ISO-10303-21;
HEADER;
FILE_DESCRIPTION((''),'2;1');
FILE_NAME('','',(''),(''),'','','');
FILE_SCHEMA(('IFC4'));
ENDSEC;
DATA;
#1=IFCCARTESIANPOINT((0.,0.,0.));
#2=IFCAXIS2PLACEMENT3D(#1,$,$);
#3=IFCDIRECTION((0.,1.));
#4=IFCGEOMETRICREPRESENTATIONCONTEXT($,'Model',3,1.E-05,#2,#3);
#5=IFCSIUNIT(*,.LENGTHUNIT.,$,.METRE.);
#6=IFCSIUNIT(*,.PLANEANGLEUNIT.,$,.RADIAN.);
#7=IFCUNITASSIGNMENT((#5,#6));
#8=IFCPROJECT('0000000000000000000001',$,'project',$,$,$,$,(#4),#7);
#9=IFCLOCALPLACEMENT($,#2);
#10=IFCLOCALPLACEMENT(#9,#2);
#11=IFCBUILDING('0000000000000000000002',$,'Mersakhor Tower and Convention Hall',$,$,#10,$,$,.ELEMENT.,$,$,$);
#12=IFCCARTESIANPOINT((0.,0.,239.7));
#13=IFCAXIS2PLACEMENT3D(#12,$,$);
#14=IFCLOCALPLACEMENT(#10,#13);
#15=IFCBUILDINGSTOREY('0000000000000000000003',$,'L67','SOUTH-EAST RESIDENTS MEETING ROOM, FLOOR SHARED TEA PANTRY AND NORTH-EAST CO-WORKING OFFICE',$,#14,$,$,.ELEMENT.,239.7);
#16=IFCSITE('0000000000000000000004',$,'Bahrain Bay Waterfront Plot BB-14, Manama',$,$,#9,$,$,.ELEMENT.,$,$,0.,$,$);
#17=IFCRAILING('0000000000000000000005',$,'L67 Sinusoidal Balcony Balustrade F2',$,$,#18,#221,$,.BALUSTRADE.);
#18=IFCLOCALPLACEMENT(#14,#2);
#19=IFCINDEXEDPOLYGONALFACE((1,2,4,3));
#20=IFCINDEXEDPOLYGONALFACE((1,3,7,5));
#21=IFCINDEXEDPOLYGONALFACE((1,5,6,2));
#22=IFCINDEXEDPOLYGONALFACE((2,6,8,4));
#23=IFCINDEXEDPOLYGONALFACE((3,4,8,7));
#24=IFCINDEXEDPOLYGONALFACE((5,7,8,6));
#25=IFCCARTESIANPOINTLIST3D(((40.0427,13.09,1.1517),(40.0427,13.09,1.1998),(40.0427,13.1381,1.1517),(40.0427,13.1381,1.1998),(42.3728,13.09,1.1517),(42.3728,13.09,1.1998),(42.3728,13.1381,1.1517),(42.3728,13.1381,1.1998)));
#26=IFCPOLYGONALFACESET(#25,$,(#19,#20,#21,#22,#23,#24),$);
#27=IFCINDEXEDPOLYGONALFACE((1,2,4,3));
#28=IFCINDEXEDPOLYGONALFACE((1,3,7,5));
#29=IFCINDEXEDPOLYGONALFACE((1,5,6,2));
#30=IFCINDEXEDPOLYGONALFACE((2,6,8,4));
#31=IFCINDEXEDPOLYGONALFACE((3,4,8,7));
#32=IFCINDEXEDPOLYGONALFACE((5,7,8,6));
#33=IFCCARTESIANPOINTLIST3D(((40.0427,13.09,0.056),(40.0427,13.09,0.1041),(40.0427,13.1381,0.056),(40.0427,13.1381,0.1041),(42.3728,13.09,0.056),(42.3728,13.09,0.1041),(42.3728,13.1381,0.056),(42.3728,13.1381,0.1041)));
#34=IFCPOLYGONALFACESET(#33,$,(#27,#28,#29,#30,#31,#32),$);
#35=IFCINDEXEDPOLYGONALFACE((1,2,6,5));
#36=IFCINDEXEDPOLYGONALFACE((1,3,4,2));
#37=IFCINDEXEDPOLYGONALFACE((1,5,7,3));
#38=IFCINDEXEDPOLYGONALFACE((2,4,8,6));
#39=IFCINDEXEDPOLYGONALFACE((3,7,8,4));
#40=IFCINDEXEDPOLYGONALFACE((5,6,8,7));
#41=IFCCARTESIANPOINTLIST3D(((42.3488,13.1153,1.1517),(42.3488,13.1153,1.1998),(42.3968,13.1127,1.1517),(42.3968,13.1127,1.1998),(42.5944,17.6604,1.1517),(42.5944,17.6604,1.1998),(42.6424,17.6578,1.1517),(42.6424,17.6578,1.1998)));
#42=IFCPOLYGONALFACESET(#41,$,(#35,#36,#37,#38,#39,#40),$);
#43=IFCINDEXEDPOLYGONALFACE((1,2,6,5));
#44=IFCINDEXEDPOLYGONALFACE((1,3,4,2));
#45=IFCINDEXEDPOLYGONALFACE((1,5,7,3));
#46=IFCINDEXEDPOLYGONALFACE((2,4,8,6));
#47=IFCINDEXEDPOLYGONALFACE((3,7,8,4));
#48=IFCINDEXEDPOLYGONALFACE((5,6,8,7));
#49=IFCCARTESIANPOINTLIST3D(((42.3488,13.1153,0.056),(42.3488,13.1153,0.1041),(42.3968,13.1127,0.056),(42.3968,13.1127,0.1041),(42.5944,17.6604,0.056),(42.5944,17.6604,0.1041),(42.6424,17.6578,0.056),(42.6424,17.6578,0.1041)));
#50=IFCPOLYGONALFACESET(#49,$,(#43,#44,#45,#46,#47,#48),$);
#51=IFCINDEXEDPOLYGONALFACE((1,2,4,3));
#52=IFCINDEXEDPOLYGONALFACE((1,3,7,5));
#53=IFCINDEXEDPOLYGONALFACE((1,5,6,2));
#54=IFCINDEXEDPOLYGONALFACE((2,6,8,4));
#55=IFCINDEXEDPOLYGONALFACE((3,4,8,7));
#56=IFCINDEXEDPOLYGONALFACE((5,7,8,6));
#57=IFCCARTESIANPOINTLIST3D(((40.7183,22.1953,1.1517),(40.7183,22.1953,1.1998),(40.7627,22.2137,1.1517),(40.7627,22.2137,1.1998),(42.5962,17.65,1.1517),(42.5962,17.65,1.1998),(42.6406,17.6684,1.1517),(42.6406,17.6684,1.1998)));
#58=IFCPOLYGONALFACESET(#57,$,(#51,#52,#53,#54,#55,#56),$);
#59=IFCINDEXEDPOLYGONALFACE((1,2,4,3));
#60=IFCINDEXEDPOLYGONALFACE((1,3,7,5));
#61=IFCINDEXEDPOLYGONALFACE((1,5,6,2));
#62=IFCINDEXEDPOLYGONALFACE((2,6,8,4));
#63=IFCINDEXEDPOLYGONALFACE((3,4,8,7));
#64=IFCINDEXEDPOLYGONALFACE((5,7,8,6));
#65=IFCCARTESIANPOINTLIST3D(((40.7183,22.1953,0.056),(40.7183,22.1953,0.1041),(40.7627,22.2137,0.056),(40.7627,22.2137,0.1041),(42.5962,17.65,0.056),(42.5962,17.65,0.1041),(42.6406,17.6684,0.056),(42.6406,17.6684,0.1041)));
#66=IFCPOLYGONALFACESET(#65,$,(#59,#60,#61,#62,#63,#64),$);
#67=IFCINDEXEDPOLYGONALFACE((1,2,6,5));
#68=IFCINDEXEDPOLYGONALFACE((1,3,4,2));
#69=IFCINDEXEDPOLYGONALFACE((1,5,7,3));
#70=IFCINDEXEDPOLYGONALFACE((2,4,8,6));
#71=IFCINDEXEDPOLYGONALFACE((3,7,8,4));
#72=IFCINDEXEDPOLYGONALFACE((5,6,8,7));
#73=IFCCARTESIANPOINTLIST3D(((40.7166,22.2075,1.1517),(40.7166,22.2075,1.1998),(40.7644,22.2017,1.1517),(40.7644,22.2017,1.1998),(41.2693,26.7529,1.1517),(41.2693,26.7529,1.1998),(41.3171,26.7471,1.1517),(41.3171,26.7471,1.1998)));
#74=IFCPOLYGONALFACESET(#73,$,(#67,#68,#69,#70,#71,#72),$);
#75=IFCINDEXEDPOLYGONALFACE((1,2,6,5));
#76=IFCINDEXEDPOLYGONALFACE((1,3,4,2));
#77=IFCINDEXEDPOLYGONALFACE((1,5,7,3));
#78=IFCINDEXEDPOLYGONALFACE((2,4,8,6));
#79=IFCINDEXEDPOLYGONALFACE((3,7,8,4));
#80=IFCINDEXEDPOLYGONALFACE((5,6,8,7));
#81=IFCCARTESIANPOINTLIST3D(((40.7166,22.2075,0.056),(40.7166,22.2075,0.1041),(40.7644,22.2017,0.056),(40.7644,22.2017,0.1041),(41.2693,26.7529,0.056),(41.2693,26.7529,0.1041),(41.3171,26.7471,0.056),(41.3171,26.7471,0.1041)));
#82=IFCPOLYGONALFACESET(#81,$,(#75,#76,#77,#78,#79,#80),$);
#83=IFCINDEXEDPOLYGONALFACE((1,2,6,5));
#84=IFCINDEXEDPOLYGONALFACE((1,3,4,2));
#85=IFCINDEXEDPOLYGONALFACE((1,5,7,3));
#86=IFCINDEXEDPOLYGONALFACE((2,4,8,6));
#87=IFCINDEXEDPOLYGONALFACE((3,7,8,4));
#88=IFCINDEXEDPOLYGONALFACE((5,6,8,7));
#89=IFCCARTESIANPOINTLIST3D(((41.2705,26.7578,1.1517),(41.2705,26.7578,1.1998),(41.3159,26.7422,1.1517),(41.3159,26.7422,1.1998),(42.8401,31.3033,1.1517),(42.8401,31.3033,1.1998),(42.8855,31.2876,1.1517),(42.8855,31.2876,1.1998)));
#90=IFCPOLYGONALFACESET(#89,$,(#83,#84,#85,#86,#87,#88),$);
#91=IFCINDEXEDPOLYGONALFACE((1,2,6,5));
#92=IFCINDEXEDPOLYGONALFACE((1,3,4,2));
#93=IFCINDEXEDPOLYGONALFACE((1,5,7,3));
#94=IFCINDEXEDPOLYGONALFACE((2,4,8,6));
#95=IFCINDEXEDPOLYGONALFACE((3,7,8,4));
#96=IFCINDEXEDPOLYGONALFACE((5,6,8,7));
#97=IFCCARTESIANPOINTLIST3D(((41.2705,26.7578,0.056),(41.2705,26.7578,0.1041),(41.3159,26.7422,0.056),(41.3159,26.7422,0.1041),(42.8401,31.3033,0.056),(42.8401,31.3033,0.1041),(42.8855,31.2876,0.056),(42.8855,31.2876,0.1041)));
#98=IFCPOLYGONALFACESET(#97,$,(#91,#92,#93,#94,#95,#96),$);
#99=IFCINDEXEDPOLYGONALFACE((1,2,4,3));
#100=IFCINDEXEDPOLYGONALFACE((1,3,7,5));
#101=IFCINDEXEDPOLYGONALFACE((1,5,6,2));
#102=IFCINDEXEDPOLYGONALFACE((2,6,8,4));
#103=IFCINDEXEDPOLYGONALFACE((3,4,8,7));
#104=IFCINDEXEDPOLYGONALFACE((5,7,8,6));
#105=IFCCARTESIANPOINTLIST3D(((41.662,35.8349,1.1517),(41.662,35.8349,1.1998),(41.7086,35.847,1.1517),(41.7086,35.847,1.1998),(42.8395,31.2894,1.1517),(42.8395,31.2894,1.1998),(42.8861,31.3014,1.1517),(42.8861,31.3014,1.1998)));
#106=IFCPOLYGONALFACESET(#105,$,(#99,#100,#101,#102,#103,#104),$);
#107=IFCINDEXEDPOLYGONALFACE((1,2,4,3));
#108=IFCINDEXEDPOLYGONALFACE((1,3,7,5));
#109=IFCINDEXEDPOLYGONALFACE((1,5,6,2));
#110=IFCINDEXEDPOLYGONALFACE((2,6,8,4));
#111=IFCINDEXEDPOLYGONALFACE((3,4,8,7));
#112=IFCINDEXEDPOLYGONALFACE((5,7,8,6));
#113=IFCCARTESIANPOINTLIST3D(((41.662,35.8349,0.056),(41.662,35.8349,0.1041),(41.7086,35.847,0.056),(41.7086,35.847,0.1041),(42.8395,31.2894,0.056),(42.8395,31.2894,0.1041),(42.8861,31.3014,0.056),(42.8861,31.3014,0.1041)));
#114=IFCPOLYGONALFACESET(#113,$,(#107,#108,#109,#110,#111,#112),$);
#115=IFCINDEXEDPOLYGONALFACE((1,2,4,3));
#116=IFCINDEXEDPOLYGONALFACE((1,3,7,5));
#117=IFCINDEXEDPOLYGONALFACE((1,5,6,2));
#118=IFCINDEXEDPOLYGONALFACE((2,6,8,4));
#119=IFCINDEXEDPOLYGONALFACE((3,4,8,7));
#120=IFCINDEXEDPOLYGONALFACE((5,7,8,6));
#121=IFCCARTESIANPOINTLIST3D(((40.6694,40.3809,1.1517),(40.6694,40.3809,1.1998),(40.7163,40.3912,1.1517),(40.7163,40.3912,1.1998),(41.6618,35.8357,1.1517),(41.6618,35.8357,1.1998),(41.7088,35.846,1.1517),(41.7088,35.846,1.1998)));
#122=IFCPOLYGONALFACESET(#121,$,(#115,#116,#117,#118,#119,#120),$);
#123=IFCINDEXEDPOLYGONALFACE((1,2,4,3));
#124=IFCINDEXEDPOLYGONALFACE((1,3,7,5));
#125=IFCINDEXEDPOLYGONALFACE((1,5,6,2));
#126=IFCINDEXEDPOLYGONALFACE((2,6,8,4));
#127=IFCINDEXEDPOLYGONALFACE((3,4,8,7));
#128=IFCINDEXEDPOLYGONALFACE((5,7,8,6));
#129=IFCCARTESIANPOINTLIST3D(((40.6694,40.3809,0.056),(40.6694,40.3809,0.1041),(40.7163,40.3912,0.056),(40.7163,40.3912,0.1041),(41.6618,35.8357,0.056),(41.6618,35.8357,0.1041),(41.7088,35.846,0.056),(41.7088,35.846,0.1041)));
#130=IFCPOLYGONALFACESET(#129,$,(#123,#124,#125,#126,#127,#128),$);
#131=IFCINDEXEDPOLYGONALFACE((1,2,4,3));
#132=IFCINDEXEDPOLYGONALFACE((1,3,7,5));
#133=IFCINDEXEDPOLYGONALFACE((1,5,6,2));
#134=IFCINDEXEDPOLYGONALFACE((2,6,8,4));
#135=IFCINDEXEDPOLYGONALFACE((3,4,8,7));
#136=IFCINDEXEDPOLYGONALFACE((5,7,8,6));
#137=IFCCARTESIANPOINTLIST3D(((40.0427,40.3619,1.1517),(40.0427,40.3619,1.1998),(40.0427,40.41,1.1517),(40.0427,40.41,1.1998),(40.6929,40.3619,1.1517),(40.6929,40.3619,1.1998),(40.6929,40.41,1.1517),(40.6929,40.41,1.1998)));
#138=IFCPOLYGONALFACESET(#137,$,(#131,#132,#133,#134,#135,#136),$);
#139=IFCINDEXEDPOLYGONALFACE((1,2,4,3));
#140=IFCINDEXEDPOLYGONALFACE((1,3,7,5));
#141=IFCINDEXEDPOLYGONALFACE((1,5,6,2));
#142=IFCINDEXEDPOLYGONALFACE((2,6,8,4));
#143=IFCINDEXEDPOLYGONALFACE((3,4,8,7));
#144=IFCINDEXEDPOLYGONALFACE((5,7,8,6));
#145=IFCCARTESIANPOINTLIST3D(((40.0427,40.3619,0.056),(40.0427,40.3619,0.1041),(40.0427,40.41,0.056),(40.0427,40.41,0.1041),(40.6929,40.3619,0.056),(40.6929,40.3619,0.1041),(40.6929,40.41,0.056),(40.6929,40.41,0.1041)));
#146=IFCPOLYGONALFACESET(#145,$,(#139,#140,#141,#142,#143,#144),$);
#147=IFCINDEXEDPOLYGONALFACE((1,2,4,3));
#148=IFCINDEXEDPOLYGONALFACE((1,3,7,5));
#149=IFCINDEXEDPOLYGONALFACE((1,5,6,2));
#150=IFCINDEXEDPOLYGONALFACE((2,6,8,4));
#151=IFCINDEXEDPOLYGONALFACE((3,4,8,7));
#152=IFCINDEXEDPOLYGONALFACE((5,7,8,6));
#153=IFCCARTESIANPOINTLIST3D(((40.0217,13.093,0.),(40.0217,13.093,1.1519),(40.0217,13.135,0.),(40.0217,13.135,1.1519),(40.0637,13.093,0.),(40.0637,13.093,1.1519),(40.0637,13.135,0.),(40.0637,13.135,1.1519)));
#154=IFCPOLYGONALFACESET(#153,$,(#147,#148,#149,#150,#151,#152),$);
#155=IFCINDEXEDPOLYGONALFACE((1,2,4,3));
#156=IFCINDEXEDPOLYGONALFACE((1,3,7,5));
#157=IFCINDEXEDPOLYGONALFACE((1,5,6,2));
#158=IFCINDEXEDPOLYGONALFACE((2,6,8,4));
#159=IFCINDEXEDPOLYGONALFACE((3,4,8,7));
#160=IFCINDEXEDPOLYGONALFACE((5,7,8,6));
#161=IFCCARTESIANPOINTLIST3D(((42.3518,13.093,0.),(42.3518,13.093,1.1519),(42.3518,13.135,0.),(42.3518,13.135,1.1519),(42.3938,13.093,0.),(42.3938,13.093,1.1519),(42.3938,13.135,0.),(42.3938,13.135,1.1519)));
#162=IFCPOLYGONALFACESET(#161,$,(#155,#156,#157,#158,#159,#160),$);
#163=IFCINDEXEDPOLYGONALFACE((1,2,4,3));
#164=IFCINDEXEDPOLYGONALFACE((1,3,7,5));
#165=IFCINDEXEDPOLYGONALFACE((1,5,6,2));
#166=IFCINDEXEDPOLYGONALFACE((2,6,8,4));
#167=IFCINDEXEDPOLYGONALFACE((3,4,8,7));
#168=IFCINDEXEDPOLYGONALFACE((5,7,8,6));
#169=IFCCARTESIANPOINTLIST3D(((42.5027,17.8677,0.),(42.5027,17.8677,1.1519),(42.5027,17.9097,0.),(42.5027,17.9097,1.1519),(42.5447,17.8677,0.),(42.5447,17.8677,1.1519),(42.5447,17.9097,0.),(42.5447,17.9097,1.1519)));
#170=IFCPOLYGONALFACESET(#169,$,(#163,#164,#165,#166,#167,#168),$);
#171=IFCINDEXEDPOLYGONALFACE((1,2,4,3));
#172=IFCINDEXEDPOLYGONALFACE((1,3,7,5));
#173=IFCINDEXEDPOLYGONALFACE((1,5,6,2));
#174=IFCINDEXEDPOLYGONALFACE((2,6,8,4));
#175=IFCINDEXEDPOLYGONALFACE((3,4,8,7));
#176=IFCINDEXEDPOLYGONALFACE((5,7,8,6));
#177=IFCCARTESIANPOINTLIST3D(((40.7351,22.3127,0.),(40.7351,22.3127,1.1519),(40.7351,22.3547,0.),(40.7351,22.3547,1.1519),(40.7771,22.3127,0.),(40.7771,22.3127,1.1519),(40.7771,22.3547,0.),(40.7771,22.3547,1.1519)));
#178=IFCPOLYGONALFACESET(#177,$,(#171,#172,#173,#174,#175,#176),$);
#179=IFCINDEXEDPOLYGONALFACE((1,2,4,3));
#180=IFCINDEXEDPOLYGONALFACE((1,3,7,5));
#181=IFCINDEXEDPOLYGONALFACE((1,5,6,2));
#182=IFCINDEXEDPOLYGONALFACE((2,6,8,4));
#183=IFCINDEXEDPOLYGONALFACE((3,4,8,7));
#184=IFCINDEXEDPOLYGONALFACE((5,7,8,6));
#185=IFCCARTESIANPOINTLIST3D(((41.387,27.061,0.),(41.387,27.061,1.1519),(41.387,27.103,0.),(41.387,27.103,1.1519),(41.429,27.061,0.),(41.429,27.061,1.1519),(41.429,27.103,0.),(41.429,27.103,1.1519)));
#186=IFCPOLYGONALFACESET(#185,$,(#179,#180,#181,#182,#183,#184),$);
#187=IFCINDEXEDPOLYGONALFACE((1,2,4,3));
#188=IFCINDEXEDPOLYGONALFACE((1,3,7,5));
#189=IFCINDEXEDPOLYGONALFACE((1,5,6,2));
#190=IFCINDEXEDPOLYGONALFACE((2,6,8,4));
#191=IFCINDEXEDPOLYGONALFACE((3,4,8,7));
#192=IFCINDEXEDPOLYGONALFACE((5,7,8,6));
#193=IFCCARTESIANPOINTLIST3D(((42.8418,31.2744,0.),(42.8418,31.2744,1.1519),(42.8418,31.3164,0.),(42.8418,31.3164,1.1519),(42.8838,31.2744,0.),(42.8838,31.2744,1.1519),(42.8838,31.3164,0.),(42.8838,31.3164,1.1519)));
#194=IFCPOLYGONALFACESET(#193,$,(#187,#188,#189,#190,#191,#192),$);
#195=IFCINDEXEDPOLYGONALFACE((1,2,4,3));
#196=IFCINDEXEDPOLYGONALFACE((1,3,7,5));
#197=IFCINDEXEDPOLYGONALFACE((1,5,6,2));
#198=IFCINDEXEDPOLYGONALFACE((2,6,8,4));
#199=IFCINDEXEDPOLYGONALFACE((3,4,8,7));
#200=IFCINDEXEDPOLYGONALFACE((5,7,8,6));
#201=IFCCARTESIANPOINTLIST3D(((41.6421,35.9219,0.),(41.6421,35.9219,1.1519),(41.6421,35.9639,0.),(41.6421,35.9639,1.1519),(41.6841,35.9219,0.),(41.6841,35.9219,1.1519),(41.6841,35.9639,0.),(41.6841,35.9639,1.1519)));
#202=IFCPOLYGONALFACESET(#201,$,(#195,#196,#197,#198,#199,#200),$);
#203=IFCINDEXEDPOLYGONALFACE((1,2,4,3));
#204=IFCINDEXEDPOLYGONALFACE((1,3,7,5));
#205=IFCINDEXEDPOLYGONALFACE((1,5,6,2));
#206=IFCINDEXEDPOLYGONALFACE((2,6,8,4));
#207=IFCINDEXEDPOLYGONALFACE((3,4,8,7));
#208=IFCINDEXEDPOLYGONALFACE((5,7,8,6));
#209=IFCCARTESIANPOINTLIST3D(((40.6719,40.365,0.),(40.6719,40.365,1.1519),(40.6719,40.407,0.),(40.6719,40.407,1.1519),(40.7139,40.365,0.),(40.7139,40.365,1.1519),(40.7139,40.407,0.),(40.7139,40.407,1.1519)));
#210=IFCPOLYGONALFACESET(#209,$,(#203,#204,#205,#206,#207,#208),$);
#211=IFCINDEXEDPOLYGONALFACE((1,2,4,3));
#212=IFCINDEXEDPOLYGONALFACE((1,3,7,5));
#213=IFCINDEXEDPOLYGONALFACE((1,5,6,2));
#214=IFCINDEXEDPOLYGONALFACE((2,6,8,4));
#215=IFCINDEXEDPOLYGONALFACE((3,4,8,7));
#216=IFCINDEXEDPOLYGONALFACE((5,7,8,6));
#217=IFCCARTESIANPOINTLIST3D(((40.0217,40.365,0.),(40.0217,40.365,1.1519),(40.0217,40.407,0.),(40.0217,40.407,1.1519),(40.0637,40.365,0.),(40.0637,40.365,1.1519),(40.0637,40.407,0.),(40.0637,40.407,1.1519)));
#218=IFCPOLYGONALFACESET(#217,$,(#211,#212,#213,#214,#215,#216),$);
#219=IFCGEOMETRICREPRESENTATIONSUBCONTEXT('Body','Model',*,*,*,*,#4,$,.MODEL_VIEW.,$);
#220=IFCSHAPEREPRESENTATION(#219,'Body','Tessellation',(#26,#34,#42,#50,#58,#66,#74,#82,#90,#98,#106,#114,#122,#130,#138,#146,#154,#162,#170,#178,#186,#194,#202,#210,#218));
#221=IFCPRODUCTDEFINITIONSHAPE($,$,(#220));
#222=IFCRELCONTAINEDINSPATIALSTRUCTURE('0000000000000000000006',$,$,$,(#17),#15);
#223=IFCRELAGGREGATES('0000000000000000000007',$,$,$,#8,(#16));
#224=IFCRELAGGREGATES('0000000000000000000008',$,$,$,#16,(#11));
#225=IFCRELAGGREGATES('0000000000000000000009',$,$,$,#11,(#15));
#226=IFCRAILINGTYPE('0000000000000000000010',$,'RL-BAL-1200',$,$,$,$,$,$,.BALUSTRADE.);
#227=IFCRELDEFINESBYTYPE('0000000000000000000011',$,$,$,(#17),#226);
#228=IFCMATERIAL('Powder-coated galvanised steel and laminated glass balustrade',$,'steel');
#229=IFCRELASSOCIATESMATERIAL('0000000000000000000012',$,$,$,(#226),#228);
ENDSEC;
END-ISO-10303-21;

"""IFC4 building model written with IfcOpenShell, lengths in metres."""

from ifc_helpers import new_model, si_unit, direction, frame, origin, origin_2d, place, context, subcontext, project, spatial, rectangle, extrude, material, type_object, element, save


model = new_model("IFC4")

# Units and contexts
model_context = context("Model", 3, precision=1e-05, world=origin(), true_north=direction((0.0, 1.0)))
body_context = subcontext(model_context, "Body", "Model", "MODEL_VIEW")
ifc_project = project(units=[si_unit("LENGTHUNIT", "METRE"), si_unit("PLANEANGLEUNIT", "RADIAN")], contexts=[model_context])

# Site, building, storey
site_placement = place(None, origin())
site = spatial("IfcSite", under=ifc_project, at=site_placement, Name="Bahrain Bay Waterfront Plot BB-14, Manama", CompositionType="ELEMENT", RefElevation=0.0)
building_placement = place(site_placement, origin())
building = spatial("IfcBuilding", under=site, at=building_placement, Name="Mersakhor Tower and Convention Hall", CompositionType="ELEMENT")
storey_placement = place(building_placement, frame((0.0, 0.0, 239.7)))
storey = spatial("IfcBuildingStorey", under=building, at=storey_placement, Name="L67", Description="SOUTH-EAST RESIDENTS MEETING ROOM, FLOOR SHARED TEA PANTRY AND NORTH-EAST CO-WORKING OFFICE", CompositionType="ELEMENT", Elevation=239.7)

# Railing
ifc_material_1 = material(Name="Powder-coated galvanised steel and laminated glass balustrade", Category="steel")
railing_type = type_object("IfcRailingType", Name="RL-BAL-1200", PredefinedType="BALUSTRADE", material=ifc_material_1)
railing_placement = place(storey_placement, frame((40.0427, 13.114, 0.0)))
element("IfcRailing", 1, at=railing_placement, inside=storey, type_object=railing_type, Name="L67 Sinusoidal Balcony Balustrade F2", PredefinedType="BALUSTRADE", context=body_context, shape_type="SweptSolid", body=[
    extrude(rectangle(XDim=0.0481, YDim=0.0481, at=origin_2d()), frame((0.0, 0.0, 1.1758), z_axis=(1.0, 0.0, 0.0), x_axis=(0.0, 1.0, 0.0)), (0.0, 0.0, 1.0), 2.3301),
    extrude(rectangle(XDim=0.0481, YDim=0.0481, at=origin_2d()), frame((0.0, 0.0, 0.0801), z_axis=(1.0, 0.0, 0.0), x_axis=(0.0, 1.0, 0.0)), (0.0, 0.0, 1.0), 2.3301),
    extrude(rectangle(XDim=0.0481, YDim=0.0481, at=origin_2d()), frame((2.3301, 0.0, 1.1758), z_axis=(0.053958, 0.998543, 0.0), x_axis=(-0.998543, 0.053958, 0.0)), (0.0, 0.0, 1.0), 4.5518),
    extrude(rectangle(XDim=0.0481, YDim=0.0481, at=origin_2d()), frame((2.3301, 0.0, 0.0801), z_axis=(0.053958, 0.998543, 0.0), x_axis=(-0.998543, 0.053958, 0.0)), (0.0, 0.0, 1.0), 4.5518),
    extrude(rectangle(XDim=0.0481, YDim=0.0481, at=origin_2d()), frame((2.5757, 4.5452, 1.1758), z_axis=(-0.381843, 0.924227, 0.0), x_axis=(-0.924227, -0.381843, 0.0)), (0.0, 0.0, 1.0), 4.918),
    extrude(rectangle(XDim=0.0481, YDim=0.0481, at=origin_2d()), frame((2.5757, 4.5452, 0.0801), z_axis=(-0.381843, 0.924227, 0.0), x_axis=(-0.924227, -0.381843, 0.0)), (0.0, 0.0, 1.0), 4.918),
    extrude(rectangle(XDim=0.0481, YDim=0.0481, at=origin_2d()), frame((0.6978, 9.0906, 1.1758), z_axis=(0.120714, 0.992687, 0.0), x_axis=(-0.992687, 0.120714, 0.0)), (0.0, 0.0, 1.0), 4.5789),
    extrude(rectangle(XDim=0.0481, YDim=0.0481, at=origin_2d()), frame((0.6978, 9.0906, 0.0801), z_axis=(0.120714, 0.992687, 0.0), x_axis=(-0.992687, 0.120714, 0.0)), (0.0, 0.0, 1.0), 4.5789),
    extrude(rectangle(XDim=0.0481, YDim=0.0481, at=origin_2d()), frame((1.2505, 13.636, 1.1758), z_axis=(0.326399, 0.945232, 0.0), x_axis=(-0.945232, 0.326399, 0.0)), (0.0, 0.0, 1.0), 4.8088),
    extrude(rectangle(XDim=0.0481, YDim=0.0481, at=origin_2d()), frame((1.2505, 13.636, 0.0801), z_axis=(0.326399, 0.945232, 0.0), x_axis=(-0.945232, 0.326399, 0.0)), (0.0, 0.0, 1.0), 4.8088),
    extrude(rectangle(XDim=0.0481, YDim=0.0481, at=origin_2d()), frame((2.8201, 18.1814, 1.1758), z_axis=(-0.250773, 0.968046, 0.0), x_axis=(-0.968046, -0.250773, 0.0)), (0.0, 0.0, 1.0), 4.6956),
    extrude(rectangle(XDim=0.0481, YDim=0.0481, at=origin_2d()), frame((2.8201, 18.1814, 0.0801), z_axis=(-0.250773, 0.968046, 0.0), x_axis=(-0.968046, -0.250773, 0.0)), (0.0, 0.0, 1.0), 4.6956),
    extrude(rectangle(XDim=0.0481, YDim=0.0481, at=origin_2d()), frame((1.6426, 22.7268, 1.1758), z_axis=(-0.213323, 0.976982, 0.0), x_axis=(-0.976982, -0.213323, 0.0)), (0.0, 0.0, 1.0), 4.6523),
    extrude(rectangle(XDim=0.0481, YDim=0.0481, at=origin_2d()), frame((1.6426, 22.7268, 0.0801), z_axis=(-0.213323, 0.976982, 0.0), x_axis=(-0.976982, -0.213323, 0.0)), (0.0, 0.0, 1.0), 4.6523),
    extrude(rectangle(XDim=0.0481, YDim=0.0481, at=origin_2d()), frame((0.6501, 27.272, 1.1758), z_axis=(-1.0, 0.0, 0.0), x_axis=(0.0, -1.0, 0.0)), (0.0, 0.0, 1.0), 0.6501),
    extrude(rectangle(XDim=0.0481, YDim=0.0481, at=origin_2d()), frame((0.6501, 27.272, 0.0801), z_axis=(-1.0, 0.0, 0.0), x_axis=(0.0, -1.0, 0.0)), (0.0, 0.0, 1.0), 0.6501),
    extrude(rectangle(XDim=0.042, YDim=0.042, at=origin_2d()), origin(), (0.0, 0.0, 1.0), 1.1519),
    extrude(rectangle(XDim=0.042, YDim=0.042, at=origin_2d()), frame((2.3301, 0.0, 0.0)), (0.0, 0.0, 1.0), 1.1519),
    extrude(rectangle(XDim=0.042, YDim=0.042, at=origin_2d()), frame((2.481, 4.7747, 0.0)), (0.0, 0.0, 1.0), 1.1519),
    extrude(rectangle(XDim=0.042, YDim=0.042, at=origin_2d()), frame((0.7134, 9.2197, 0.0)), (0.0, 0.0, 1.0), 1.1519),
    extrude(rectangle(XDim=0.042, YDim=0.042, at=origin_2d()), frame((1.3652, 13.968, 0.0)), (0.0, 0.0, 1.0), 1.1519),
    extrude(rectangle(XDim=0.042, YDim=0.042, at=origin_2d()), frame((2.8201, 18.1814, 0.0)), (0.0, 0.0, 1.0), 1.1519),
    extrude(rectangle(XDim=0.042, YDim=0.042, at=origin_2d()), frame((1.6204, 22.8289, 0.0)), (0.0, 0.0, 1.0), 1.1519),
    extrude(rectangle(XDim=0.042, YDim=0.042, at=origin_2d()), frame((0.6501, 27.272, 0.0)), (0.0, 0.0, 1.0), 1.1519),
    extrude(rectangle(XDim=0.042, YDim=0.042, at=origin_2d()), frame((0.0, 27.272, 0.0)), (0.0, 0.0, 1.0), 1.1519),
])

save(model, "model.ifc")
